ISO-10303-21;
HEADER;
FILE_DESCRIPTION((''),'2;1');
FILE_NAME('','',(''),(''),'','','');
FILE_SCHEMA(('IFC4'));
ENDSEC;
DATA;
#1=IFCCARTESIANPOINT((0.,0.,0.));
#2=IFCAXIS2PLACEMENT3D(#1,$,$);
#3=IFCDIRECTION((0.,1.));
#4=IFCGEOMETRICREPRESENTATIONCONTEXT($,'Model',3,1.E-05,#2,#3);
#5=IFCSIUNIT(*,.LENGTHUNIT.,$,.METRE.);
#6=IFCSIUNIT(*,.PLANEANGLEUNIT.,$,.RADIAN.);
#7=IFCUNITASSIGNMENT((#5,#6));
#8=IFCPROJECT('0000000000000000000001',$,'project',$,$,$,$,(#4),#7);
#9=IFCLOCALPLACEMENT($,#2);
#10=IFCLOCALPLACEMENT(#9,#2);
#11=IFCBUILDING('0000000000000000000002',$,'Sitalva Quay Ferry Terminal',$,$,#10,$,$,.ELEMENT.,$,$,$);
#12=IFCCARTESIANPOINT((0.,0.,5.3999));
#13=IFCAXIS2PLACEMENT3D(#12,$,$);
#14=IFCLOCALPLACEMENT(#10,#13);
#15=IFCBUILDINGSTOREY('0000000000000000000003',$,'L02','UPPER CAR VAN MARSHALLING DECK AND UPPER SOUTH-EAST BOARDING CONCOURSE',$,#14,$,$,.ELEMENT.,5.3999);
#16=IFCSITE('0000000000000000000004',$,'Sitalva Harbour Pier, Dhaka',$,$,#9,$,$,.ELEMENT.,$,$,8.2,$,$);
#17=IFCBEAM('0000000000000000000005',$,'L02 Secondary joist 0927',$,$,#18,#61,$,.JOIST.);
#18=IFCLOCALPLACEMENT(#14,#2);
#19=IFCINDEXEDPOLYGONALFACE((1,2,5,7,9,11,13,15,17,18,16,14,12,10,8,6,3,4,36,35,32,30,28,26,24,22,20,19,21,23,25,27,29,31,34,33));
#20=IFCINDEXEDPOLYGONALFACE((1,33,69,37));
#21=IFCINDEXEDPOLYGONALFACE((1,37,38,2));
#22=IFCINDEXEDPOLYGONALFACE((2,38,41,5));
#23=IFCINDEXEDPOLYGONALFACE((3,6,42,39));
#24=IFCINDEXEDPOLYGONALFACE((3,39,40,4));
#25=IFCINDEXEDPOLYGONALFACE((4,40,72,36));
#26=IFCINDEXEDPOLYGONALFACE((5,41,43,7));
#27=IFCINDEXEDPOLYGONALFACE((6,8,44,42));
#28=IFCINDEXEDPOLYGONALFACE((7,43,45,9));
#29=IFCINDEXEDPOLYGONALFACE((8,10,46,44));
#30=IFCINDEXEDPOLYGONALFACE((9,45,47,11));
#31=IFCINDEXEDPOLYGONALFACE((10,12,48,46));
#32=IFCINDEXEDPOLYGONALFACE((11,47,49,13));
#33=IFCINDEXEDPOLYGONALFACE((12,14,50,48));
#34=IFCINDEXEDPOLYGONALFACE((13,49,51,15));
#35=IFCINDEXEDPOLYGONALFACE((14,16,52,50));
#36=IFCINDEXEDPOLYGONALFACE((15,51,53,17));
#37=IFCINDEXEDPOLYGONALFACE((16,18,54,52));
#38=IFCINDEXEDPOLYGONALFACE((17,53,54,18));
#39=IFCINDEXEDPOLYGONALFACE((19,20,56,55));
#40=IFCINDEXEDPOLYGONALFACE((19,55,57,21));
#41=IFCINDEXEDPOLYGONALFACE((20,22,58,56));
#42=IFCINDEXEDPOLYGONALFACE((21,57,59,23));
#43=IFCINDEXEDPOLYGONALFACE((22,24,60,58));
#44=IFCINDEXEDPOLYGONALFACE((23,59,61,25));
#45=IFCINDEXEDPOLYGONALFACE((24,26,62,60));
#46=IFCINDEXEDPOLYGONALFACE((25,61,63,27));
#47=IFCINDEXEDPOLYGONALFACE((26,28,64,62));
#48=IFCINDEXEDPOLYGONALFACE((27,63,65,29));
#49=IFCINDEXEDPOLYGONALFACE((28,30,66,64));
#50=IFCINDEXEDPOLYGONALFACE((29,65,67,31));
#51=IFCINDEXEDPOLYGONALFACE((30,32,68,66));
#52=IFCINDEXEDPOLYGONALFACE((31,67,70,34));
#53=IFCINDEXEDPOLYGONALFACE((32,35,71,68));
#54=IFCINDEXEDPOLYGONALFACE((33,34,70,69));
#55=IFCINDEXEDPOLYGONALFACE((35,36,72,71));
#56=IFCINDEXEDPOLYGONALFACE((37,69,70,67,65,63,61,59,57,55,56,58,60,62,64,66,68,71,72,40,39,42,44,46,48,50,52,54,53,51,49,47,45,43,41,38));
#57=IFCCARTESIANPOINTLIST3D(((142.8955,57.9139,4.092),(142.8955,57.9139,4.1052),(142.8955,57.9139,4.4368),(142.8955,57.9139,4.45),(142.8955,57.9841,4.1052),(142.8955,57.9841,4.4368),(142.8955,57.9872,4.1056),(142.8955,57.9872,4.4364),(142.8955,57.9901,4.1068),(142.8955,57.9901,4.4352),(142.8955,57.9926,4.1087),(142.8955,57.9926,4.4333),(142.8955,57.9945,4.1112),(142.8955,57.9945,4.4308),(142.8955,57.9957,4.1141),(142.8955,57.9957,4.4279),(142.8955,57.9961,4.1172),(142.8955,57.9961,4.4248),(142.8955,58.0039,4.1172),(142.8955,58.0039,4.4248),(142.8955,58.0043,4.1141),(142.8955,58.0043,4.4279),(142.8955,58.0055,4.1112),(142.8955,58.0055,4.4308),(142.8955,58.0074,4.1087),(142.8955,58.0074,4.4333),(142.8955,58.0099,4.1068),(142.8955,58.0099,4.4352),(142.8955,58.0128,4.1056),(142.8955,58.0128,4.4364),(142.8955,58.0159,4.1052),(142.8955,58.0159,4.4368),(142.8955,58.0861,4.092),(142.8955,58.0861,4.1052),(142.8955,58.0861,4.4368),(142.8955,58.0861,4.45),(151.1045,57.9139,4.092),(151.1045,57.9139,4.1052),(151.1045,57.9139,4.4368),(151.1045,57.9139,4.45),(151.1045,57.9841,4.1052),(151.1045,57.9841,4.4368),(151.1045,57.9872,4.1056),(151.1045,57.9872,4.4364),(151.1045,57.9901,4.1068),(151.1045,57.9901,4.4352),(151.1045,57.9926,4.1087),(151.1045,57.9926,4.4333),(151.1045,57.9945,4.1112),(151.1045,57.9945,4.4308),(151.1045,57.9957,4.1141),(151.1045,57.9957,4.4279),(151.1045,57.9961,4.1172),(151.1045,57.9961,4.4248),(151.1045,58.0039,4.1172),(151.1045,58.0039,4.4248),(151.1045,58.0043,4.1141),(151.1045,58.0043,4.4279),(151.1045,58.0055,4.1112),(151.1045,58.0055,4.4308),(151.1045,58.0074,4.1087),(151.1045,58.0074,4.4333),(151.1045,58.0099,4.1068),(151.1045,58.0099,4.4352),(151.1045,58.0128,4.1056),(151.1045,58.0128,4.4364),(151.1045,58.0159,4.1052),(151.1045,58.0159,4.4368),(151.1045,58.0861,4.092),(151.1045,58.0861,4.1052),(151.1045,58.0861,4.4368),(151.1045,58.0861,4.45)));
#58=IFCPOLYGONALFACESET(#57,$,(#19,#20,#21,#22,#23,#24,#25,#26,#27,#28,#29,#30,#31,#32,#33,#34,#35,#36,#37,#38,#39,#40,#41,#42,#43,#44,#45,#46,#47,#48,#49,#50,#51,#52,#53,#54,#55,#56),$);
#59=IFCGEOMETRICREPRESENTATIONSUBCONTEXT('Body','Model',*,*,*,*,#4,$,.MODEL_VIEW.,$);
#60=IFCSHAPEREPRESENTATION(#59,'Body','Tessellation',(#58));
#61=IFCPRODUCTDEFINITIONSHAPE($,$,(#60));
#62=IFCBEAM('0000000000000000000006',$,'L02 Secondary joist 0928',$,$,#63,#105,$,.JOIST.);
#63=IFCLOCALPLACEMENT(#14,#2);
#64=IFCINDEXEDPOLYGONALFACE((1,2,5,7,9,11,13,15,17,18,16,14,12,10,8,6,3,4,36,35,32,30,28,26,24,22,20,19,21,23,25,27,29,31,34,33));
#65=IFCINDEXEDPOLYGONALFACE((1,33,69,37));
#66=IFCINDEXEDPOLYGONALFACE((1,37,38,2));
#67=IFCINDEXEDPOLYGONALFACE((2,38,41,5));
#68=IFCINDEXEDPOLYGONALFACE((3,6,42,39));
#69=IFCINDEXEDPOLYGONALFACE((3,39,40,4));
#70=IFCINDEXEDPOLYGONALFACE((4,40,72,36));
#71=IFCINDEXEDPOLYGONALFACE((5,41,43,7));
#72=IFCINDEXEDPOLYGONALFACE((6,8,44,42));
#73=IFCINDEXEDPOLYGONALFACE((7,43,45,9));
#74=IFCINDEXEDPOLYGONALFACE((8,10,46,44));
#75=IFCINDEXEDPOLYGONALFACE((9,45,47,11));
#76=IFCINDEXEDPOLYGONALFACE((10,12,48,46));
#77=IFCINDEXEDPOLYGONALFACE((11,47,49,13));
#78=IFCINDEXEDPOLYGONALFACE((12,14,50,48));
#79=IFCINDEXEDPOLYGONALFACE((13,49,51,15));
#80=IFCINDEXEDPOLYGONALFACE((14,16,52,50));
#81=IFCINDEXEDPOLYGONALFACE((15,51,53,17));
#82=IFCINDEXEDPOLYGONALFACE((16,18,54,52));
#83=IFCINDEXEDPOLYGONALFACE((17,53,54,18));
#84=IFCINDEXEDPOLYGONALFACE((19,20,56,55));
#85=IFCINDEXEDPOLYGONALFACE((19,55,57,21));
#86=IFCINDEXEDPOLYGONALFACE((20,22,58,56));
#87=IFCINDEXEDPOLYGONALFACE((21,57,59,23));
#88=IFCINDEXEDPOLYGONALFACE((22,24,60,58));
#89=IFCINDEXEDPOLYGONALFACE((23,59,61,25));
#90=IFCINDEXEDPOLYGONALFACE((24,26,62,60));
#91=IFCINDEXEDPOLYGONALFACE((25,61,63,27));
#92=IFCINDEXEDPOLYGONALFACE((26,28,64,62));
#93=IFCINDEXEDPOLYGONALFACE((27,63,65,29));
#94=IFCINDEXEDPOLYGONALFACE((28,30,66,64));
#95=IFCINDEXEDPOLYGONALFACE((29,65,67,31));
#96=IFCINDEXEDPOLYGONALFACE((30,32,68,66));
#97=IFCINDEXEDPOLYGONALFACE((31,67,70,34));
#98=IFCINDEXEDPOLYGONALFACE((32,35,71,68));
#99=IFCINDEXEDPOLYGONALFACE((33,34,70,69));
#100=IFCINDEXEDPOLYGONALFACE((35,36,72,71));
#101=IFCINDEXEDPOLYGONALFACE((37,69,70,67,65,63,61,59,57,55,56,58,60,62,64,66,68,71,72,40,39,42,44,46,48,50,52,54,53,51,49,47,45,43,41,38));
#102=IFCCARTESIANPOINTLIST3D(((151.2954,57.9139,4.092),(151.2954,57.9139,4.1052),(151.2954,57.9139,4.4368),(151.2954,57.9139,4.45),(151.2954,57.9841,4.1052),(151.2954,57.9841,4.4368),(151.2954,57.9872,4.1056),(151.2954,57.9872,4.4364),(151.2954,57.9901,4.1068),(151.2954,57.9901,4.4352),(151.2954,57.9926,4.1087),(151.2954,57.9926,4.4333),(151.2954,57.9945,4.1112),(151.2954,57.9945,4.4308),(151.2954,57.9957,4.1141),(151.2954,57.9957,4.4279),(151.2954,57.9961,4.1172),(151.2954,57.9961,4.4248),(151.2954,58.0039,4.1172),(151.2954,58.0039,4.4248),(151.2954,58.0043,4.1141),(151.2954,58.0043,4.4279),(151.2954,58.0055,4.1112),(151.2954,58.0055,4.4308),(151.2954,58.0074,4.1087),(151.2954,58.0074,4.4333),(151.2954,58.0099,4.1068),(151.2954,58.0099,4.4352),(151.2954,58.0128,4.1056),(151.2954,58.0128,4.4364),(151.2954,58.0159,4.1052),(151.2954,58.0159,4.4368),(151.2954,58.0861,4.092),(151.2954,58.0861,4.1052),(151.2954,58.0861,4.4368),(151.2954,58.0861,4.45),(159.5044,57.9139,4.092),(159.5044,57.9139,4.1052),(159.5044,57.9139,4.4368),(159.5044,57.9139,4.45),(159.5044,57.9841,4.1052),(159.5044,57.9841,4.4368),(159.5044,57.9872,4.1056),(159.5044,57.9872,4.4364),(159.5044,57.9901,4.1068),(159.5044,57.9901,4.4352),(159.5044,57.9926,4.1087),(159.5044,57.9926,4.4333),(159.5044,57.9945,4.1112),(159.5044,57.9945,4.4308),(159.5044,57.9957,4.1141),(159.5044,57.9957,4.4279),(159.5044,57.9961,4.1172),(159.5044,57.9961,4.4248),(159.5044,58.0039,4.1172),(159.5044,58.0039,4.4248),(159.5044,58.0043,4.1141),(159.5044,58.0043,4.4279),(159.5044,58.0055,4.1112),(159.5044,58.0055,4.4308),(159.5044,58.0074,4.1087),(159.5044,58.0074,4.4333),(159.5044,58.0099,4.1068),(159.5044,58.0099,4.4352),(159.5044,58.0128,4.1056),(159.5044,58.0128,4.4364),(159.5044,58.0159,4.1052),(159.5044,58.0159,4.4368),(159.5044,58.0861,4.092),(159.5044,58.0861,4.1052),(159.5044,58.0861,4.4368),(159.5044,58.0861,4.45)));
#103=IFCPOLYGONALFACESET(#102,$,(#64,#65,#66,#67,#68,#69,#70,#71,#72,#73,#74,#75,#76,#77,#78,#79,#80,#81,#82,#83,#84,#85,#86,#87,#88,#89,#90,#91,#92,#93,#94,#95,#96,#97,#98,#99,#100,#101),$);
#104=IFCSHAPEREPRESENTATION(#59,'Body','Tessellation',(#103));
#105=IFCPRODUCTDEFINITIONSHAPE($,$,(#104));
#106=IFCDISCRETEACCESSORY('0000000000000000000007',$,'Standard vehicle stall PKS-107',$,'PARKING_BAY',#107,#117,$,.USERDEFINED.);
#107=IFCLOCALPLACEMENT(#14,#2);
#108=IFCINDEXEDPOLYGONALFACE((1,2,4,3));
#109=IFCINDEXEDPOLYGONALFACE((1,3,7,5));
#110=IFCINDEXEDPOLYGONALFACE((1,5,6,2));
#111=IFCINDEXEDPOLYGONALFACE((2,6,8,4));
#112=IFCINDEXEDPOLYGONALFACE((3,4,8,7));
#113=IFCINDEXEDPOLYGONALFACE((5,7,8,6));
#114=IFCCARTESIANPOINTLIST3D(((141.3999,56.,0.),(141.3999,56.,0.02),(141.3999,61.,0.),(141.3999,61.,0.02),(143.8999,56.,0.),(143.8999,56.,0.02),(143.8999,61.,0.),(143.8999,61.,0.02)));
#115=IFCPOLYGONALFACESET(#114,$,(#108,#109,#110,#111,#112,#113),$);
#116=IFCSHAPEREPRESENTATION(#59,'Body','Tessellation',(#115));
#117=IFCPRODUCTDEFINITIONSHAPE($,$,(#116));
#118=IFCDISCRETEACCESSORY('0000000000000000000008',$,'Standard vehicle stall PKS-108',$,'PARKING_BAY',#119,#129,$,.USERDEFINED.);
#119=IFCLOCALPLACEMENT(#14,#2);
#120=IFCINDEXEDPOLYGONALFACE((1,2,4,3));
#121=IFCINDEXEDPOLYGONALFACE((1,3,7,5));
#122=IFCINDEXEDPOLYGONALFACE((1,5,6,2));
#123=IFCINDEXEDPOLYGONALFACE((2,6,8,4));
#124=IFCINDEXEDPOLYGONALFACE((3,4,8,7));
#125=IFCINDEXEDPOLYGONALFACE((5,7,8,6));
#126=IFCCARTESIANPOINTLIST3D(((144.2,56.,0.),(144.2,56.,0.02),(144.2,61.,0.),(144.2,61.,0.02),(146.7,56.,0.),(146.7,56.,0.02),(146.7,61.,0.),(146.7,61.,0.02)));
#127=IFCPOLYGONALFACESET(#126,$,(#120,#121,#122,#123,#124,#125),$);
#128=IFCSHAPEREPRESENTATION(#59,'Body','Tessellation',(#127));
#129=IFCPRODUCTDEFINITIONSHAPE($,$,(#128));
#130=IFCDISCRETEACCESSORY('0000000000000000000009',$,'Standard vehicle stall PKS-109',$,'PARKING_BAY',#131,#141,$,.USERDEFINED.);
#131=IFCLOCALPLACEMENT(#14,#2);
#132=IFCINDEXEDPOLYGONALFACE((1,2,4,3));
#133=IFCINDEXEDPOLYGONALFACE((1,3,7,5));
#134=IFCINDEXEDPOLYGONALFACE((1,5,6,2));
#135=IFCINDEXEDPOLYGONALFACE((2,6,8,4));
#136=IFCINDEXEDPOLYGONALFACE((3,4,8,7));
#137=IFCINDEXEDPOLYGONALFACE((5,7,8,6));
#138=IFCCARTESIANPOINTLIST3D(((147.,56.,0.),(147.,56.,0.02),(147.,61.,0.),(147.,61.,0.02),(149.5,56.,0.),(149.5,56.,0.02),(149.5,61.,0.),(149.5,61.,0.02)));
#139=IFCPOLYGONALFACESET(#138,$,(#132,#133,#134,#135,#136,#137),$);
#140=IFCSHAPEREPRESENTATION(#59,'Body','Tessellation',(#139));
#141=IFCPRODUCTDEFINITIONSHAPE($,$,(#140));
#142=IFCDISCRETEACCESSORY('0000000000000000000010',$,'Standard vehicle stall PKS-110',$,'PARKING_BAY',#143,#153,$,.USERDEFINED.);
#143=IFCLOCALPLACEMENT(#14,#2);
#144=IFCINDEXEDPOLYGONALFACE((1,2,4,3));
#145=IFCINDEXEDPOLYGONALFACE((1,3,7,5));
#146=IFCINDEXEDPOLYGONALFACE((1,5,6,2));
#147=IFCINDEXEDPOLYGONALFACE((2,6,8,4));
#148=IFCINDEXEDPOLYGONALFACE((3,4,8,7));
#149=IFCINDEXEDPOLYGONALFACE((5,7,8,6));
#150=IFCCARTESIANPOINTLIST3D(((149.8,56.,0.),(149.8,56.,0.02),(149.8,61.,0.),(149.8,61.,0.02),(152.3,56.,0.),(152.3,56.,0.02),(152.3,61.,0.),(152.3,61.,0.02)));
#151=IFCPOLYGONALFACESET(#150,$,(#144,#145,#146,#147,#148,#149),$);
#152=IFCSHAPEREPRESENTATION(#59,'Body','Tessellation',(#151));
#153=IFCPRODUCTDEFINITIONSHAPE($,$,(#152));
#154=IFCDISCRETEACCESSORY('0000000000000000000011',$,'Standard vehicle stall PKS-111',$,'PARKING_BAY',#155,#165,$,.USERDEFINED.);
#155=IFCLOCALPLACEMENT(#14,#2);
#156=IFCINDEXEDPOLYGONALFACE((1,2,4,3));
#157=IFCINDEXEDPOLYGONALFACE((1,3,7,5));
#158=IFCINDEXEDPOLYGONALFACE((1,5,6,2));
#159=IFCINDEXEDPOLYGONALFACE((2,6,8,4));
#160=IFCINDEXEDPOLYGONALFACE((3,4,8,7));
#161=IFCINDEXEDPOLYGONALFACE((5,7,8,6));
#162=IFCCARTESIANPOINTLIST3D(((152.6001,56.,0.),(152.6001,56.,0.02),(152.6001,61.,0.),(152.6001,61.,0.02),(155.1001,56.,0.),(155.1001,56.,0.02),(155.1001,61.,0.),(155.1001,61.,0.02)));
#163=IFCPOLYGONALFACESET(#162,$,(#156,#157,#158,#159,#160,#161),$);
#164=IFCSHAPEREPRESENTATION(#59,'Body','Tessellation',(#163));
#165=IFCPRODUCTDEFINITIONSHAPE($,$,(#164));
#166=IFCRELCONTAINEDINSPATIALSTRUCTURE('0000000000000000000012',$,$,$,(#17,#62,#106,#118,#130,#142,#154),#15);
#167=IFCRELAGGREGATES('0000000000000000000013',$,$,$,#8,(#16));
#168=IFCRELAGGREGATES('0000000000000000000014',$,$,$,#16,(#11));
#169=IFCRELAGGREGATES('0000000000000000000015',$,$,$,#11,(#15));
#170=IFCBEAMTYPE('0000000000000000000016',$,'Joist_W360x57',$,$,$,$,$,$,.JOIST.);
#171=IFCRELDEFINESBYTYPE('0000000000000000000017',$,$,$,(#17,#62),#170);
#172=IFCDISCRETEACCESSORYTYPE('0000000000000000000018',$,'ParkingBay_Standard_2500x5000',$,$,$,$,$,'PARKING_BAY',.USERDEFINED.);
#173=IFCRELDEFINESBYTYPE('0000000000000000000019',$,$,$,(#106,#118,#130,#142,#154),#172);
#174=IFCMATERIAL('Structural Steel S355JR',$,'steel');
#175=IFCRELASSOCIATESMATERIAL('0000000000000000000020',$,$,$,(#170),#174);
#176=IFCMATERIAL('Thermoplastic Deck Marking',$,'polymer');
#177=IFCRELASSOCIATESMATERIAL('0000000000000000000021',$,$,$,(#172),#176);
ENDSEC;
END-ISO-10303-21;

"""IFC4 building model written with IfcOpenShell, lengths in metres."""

from ifc_helpers import new_model, si_unit, direction, frame, origin, origin_2d, place, context, subcontext, project, spatial, rectangle, i_section, extrude, material, material_profile, profile_set, type_object, element, save


model = new_model("IFC4")

# Units and contexts
model_context = context("Model", 3, precision=1e-05, world=origin(), true_north=direction((0.0, 1.0)))
body_context = subcontext(model_context, "Body", "Model", "MODEL_VIEW")
ifc_project = project(units=[si_unit("LENGTHUNIT", "METRE"), si_unit("PLANEANGLEUNIT", "RADIAN")], contexts=[model_context])

# Site, building, storey
site_placement = place(None, origin())
site = spatial("IfcSite", under=ifc_project, at=site_placement, Name="Sitalva Harbour Pier, Dhaka", CompositionType="ELEMENT", RefElevation=8.2)
building_placement = place(site_placement, origin())
building = spatial("IfcBuilding", under=site, at=building_placement, Name="Sitalva Quay Ferry Terminal", CompositionType="ELEMENT")
storey_placement = place(building_placement, frame((0.0, 0.0, 5.3999)))
storey = spatial("IfcBuildingStorey", under=building, at=storey_placement, Name="L02", Description="UPPER CAR VAN MARSHALLING DECK AND UPPER SOUTH-EAST BOARDING CONCOURSE", CompositionType="ELEMENT", Elevation=5.3999)

# Beams
ifc_material_1 = material(Name="Structural Steel S355JR", Category="steel")
ifc_material_profile_1 = material_profile(ifc_material_1, i_section(OverallWidth=0.1721, OverallDepth=0.3579, WebThickness=0.0078, FlangeThickness=0.0132, FilletRadius=0.012, at=origin_2d()), Name="W360x57")
ifc_profile_set_1 = profile_set([ifc_material_profile_1], Name="Structural Steel S355JR")
beam_type_1 = type_object("IfcBeamType", Name="Joist_W360x57", PredefinedType="JOIST", material=ifc_profile_set_1)
for number, where, z_axis, x_axis, name in (
    (1, (142.8955, 58.0, 4.271), (1.0, 0.0, 0.0), (0.0, 1.0, 0.0), "L02 Secondary joist 0927"),
    (2, (151.2954, 58.0, 4.271), (1.0, 0.0, 0.0), (0.0, 1.0, 0.0), "L02 Secondary joist 0928"),
):
    element("IfcBeam", number, at=place(storey_placement, frame(where, z_axis=z_axis, x_axis=x_axis)), inside=storey, type_object=beam_type_1, Name=name, PredefinedType="JOIST", context=body_context, shape_type="SweptSolid", body=[
        extrude(i_section(OverallWidth=0.1721, OverallDepth=0.3579, WebThickness=0.0078, FlangeThickness=0.0132, FilletRadius=0.012, at=origin_2d()), origin(), (0.0, 0.0, 1.0), 8.209),
    ])

# Discrete accessories
ifc_material_2 = material(Name="Thermoplastic Deck Marking", Category="polymer")
discrete_accessory_type = type_object("IfcDiscreteAccessoryType", Name="ParkingBay_Standard_2500x5000", ElementType="PARKING_BAY", PredefinedType="USERDEFINED", material=ifc_material_2)
for number, where, z_axis, x_axis, name in (
    (3, (142.6499, 58.5, 0.0), (0.0, 0.0, 1.0), (1.0, 0.0, 0.0), "Standard vehicle stall PKS-107"),
    (4, (145.45, 58.5, 0.0), (0.0, 0.0, 1.0), (1.0, 0.0, 0.0), "Standard vehicle stall PKS-108"),
    (5, (148.25, 58.5, 0.0), (0.0, 0.0, 1.0), (1.0, 0.0, 0.0), "Standard vehicle stall PKS-109"),
    (6, (151.05, 58.5, 0.0), (0.0, 0.0, 1.0), (1.0, 0.0, 0.0), "Standard vehicle stall PKS-110"),
    (7, (153.8501, 58.5, 0.0), (0.0, 0.0, 1.0), (1.0, 0.0, 0.0), "Standard vehicle stall PKS-111"),
):
    element("IfcDiscreteAccessory", number, at=place(storey_placement, frame(where, z_axis=z_axis, x_axis=x_axis)), inside=storey, type_object=discrete_accessory_type, Name=name, ObjectType="PARKING_BAY", PredefinedType="USERDEFINED", context=body_context, shape_type="SweptSolid", body=[
        extrude(rectangle(XDim=2.5, YDim=5.0, at=origin_2d()), origin(), (0.0, 0.0, 1.0), 0.02),
    ])

save(model, "model.ifc")
